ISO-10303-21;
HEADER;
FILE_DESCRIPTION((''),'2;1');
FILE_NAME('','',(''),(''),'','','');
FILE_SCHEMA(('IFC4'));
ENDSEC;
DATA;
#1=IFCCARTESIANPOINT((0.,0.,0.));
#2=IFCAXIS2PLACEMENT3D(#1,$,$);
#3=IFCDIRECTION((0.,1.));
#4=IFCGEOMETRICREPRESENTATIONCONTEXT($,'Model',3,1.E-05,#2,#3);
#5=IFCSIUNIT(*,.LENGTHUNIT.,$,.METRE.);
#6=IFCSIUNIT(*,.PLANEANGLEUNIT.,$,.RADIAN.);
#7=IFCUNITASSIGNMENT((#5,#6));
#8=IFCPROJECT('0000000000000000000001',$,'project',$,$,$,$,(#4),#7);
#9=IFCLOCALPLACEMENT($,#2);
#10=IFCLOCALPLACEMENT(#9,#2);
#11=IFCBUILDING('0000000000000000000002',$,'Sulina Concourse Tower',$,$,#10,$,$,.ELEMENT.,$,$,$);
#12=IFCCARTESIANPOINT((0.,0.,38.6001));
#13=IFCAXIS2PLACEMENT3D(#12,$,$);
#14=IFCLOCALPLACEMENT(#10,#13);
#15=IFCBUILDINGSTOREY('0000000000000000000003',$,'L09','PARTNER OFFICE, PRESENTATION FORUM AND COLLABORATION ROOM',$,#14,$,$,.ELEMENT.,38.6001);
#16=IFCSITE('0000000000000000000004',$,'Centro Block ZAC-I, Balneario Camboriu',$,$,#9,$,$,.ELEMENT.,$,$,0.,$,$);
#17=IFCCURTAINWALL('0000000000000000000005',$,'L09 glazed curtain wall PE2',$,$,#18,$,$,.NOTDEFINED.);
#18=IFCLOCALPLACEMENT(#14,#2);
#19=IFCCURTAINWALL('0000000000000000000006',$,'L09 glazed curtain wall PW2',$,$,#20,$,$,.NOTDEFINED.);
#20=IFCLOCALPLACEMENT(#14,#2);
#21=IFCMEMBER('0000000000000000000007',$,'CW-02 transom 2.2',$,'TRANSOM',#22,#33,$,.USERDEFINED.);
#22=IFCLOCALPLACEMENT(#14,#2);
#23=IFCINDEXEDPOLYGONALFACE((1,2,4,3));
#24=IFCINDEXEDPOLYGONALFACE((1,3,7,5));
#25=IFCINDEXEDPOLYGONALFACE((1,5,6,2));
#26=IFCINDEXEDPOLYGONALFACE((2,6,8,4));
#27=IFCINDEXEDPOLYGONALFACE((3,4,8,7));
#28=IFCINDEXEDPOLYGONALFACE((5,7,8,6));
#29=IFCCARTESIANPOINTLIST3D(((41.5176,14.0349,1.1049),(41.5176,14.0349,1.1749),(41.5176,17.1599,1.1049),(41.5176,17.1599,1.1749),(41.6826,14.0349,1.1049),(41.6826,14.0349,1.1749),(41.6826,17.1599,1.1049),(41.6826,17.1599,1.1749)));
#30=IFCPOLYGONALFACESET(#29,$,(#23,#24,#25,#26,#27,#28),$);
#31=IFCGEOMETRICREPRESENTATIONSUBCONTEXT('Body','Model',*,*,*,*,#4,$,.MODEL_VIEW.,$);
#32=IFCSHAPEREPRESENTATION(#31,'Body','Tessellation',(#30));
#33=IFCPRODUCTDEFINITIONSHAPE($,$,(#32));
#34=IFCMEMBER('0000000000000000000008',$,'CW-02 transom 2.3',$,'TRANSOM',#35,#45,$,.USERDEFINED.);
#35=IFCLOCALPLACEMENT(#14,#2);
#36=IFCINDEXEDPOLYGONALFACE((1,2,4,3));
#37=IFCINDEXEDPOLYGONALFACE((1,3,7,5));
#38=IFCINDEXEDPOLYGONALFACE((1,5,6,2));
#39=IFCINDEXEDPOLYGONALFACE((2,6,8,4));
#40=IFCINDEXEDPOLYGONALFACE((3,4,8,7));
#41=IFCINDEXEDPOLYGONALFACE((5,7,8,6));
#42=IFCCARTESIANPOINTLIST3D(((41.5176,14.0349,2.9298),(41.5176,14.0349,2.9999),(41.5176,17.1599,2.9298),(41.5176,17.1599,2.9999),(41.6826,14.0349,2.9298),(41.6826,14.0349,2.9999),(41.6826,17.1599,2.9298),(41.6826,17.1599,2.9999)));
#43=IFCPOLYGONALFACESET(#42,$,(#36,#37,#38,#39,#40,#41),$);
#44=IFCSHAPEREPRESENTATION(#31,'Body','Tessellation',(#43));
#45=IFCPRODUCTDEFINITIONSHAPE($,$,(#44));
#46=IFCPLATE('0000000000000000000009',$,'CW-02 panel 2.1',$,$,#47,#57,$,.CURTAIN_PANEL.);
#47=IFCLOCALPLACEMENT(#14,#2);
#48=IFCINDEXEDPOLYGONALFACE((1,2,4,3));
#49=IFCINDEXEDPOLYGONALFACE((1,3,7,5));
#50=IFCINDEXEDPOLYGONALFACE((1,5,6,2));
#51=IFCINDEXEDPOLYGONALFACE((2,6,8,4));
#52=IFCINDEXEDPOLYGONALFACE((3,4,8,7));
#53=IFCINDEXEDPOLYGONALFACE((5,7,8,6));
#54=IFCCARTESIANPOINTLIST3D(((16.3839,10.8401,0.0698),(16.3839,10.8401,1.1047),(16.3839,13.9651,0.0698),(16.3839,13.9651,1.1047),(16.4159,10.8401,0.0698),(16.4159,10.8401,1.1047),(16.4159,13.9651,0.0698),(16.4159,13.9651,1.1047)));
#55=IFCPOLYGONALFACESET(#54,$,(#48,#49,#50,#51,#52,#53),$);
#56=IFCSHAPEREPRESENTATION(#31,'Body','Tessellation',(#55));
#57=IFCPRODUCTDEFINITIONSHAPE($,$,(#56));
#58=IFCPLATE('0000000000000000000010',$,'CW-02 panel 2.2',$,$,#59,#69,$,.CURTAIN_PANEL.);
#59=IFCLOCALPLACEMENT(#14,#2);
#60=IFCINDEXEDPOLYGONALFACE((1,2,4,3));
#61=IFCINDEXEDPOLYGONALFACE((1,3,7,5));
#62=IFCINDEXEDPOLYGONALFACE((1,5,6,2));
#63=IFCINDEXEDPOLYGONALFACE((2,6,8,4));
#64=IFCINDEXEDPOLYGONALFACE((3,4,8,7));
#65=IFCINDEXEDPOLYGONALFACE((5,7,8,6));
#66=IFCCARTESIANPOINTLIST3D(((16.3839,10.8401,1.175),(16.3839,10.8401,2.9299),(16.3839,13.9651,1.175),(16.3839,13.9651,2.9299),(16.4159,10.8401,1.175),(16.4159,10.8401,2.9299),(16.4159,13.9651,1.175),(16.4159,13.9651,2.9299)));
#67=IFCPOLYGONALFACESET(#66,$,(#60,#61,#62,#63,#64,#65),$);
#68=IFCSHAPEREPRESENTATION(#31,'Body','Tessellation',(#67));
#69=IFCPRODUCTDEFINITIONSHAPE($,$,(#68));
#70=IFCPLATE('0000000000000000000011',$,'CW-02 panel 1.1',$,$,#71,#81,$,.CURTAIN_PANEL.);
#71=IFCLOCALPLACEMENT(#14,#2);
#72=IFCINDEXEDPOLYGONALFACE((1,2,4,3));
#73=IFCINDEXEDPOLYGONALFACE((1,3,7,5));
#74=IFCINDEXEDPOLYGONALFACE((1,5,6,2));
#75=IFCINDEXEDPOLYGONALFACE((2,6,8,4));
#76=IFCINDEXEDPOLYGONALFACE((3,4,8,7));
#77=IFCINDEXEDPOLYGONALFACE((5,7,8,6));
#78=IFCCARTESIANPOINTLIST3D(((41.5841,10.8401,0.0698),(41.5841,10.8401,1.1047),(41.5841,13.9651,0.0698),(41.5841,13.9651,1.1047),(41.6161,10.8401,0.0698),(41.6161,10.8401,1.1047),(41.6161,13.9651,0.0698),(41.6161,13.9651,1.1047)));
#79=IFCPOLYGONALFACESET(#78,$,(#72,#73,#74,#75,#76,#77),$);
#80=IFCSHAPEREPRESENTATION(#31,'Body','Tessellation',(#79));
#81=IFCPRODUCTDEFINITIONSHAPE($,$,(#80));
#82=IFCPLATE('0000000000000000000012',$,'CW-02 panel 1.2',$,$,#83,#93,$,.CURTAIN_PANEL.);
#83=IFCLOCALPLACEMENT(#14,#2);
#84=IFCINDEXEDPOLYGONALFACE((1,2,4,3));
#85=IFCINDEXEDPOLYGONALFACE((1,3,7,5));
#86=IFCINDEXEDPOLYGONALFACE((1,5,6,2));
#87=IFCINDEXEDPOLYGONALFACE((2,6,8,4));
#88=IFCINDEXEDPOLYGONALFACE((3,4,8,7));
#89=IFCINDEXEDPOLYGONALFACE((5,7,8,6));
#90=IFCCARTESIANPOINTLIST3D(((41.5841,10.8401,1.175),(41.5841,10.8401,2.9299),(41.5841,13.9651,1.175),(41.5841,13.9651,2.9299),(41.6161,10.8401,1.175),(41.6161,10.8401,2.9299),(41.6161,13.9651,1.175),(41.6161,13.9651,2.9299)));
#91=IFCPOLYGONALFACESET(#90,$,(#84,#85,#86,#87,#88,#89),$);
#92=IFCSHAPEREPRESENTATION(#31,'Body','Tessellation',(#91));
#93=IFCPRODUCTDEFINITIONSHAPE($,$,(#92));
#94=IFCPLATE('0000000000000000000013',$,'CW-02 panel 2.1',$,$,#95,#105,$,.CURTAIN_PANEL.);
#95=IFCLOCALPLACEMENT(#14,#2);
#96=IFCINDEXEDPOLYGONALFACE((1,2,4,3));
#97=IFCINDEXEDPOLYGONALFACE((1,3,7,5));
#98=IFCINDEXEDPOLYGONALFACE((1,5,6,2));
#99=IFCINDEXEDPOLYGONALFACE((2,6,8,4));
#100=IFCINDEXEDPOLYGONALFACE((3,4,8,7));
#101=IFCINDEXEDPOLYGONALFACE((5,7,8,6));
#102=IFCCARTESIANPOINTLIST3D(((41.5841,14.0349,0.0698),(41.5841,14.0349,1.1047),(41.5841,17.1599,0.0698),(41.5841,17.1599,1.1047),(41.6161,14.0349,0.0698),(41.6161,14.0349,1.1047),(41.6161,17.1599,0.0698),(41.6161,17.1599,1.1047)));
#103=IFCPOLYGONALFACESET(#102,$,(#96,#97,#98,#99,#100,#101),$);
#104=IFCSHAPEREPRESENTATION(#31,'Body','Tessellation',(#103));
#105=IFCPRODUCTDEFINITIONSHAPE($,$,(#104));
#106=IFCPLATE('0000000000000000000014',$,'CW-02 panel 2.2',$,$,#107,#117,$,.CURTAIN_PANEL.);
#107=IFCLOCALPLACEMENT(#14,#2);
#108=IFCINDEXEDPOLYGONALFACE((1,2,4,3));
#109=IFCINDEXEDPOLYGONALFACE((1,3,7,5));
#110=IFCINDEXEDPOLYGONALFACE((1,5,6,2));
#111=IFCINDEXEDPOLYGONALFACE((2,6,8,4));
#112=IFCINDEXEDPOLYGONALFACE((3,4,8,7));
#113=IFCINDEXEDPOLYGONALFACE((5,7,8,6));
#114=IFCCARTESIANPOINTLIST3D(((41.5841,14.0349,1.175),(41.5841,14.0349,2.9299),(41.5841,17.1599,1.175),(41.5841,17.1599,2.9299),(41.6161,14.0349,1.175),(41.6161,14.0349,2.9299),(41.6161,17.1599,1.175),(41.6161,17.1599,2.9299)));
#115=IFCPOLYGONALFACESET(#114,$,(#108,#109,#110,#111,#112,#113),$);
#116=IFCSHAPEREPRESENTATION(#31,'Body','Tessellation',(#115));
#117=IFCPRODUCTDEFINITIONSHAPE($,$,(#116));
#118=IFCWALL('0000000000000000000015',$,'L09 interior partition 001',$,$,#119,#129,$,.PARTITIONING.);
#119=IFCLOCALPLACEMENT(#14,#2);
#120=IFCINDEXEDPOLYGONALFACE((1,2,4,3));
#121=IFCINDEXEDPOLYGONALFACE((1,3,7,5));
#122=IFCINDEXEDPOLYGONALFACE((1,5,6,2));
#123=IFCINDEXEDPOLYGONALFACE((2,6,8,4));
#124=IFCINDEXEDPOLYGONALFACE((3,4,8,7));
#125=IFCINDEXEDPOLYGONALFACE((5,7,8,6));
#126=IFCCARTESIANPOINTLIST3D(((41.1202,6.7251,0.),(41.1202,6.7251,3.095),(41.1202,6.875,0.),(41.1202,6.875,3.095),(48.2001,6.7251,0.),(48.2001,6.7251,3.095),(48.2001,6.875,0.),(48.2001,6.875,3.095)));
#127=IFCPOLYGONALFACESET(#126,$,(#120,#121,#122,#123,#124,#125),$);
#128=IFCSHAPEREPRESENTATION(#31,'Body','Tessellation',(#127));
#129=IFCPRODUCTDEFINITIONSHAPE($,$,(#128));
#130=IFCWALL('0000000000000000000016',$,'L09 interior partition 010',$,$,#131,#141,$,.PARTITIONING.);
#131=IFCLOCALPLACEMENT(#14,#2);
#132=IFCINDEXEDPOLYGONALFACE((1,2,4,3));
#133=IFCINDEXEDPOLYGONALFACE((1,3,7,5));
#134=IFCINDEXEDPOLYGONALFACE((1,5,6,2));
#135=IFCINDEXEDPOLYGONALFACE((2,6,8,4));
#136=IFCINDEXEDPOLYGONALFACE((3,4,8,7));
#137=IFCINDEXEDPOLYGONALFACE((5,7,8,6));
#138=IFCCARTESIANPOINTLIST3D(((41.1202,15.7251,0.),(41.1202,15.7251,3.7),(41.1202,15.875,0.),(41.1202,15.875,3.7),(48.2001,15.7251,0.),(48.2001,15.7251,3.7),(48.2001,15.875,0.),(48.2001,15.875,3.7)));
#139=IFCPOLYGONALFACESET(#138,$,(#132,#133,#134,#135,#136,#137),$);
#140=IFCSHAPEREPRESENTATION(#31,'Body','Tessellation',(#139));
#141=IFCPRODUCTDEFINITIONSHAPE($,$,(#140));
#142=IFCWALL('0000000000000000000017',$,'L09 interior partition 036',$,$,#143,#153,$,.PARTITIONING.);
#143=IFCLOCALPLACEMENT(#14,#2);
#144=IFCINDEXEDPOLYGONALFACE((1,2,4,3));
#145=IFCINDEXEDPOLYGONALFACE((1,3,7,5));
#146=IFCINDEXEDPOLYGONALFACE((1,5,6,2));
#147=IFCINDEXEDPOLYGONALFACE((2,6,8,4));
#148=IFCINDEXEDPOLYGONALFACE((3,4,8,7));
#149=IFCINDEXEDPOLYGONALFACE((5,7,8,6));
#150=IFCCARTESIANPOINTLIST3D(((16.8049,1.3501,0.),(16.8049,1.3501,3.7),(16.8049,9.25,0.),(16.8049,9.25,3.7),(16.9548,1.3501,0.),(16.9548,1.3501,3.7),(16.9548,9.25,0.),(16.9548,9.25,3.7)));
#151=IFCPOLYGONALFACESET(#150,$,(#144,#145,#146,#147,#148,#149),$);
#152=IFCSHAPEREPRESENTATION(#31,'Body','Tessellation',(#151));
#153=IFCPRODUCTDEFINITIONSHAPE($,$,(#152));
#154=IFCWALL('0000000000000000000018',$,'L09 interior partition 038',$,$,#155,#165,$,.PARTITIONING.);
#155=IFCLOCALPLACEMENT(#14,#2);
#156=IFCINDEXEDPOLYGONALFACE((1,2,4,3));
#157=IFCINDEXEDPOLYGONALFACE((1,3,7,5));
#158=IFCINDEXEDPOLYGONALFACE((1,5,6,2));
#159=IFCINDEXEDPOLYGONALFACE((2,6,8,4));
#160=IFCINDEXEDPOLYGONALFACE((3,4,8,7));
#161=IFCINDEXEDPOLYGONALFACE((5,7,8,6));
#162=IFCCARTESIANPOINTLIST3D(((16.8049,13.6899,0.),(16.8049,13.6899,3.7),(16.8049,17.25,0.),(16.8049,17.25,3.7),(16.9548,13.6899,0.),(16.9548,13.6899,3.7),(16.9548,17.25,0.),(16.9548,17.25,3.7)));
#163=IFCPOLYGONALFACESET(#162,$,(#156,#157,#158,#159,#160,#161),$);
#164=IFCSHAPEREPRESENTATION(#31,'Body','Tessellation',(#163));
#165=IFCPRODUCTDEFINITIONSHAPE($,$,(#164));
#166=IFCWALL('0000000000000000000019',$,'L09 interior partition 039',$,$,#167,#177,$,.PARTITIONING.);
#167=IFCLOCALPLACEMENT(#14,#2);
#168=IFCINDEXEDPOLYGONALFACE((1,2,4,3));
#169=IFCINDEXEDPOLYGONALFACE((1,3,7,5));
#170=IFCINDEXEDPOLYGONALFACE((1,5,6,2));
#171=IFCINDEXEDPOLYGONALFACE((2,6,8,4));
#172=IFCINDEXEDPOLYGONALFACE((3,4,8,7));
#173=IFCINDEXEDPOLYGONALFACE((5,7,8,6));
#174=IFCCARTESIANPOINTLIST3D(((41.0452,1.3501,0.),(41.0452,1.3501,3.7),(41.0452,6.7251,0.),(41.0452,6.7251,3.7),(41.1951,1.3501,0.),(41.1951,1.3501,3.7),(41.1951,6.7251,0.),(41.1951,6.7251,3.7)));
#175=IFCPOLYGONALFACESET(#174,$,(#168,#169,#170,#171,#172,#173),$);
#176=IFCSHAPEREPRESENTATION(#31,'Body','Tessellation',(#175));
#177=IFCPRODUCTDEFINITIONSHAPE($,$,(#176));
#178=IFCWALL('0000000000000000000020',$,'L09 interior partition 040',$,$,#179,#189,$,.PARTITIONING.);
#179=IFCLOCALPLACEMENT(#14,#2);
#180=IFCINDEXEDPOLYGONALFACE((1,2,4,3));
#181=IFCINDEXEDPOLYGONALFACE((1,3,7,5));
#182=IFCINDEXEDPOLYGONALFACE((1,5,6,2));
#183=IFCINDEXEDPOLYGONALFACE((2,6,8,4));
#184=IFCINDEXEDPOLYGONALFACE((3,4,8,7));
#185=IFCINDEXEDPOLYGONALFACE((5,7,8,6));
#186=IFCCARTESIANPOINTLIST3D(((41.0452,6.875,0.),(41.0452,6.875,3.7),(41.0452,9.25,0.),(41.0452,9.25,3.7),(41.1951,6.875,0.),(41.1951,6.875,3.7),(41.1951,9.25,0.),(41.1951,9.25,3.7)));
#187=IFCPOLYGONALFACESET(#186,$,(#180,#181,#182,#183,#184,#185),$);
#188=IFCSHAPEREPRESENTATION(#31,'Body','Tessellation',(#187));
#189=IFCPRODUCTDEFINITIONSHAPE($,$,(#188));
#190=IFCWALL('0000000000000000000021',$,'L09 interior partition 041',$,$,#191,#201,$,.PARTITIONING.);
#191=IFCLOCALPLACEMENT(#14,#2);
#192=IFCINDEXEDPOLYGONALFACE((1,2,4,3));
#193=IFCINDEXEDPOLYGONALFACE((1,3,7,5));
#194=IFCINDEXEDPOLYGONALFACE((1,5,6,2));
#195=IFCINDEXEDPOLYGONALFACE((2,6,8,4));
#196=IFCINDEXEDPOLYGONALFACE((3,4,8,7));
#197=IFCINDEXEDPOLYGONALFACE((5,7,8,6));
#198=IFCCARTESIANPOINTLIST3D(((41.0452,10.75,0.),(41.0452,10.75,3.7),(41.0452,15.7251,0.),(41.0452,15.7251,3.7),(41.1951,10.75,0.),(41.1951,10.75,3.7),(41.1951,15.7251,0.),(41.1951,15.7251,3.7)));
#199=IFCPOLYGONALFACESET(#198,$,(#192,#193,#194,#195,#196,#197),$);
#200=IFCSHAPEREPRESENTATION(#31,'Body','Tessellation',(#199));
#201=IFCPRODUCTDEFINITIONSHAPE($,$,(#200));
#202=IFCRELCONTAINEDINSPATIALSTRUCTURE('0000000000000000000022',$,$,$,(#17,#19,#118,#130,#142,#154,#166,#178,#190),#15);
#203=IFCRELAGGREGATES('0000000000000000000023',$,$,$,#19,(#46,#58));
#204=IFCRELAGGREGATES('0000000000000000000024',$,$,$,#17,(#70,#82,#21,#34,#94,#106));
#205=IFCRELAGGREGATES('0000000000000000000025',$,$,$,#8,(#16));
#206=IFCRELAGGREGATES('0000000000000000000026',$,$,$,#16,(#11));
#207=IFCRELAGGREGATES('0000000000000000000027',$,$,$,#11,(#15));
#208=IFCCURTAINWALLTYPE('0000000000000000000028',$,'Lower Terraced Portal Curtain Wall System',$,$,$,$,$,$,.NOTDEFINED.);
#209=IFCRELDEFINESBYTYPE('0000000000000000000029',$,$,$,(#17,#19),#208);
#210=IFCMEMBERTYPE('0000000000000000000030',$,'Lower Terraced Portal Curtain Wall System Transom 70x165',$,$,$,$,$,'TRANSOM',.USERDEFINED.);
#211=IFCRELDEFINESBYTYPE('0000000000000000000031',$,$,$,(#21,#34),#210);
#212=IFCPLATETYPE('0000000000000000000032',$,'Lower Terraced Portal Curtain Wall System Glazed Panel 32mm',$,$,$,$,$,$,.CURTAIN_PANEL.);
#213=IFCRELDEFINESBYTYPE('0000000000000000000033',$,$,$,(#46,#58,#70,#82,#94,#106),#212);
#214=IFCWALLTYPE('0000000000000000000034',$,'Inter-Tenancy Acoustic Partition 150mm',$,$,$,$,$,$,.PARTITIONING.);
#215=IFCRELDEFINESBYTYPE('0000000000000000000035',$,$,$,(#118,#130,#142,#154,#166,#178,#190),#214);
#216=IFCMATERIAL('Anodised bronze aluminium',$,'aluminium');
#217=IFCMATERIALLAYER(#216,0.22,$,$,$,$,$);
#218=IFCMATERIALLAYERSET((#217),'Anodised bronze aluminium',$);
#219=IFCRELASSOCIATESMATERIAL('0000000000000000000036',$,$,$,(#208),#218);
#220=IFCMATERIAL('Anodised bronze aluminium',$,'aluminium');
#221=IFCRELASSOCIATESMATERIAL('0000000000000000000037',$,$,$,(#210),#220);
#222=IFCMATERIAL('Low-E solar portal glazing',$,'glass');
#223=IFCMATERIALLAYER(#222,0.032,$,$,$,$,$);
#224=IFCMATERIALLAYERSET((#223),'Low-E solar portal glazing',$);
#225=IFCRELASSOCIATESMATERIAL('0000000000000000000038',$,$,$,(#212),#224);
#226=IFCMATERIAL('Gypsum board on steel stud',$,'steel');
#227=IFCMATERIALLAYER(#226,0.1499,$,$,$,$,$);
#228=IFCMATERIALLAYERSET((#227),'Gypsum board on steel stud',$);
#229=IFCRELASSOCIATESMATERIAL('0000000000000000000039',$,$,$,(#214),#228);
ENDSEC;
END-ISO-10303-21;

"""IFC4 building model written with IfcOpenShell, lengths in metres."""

from ifc_helpers import new_model, si_unit, direction, frame, frame_2d, origin, origin_2d, place, context, subcontext, project, spatial, rectangle, extrude, material, layer, layer_set, material_profile, profile_set, type_object, element, aggregate, save


model = new_model("IFC4")

# Units and contexts
model_context = context("Model", 3, precision=1e-05, world=origin(), true_north=direction((0.0, 1.0)))
body_context = subcontext(model_context, "Body", "Model", "MODEL_VIEW")
ifc_project = project(units=[si_unit("LENGTHUNIT", "METRE"), si_unit("PLANEANGLEUNIT", "RADIAN")], contexts=[model_context])

# Site, building, storey
site_placement = place(None, origin())
site = spatial("IfcSite", under=ifc_project, at=site_placement, Name="Centro Block ZAC-I, Balneario Camboriu", CompositionType="ELEMENT", RefElevation=0.0)
building_placement = place(site_placement, origin())
building = spatial("IfcBuilding", under=site, at=building_placement, Name="Sulina Concourse Tower", CompositionType="ELEMENT")
storey_placement = place(building_placement, frame((0.0, 0.0, 38.6001)))
storey = spatial("IfcBuildingStorey", under=building, at=storey_placement, Name="L09", Description="PARTNER OFFICE, PRESENTATION FORUM AND COLLABORATION ROOM", CompositionType="ELEMENT", Elevation=38.6001)

# Curtain walls
ifc_material_1 = material(Name="Anodised bronze aluminium", Category="aluminium")
ifc_layer_1 = layer(ifc_material_1, 0.22)
ifc_layer_set_1 = layer_set([ifc_layer_1], Name="Anodised bronze aluminium")
curtain_wall_type = type_object("IfcCurtainWallType", Name="Lower Terraced Portal Curtain Wall System", PredefinedType="NOTDEFINED", material=ifc_layer_set_1)
curtain_wall_1_placement = place(storey_placement, origin())
curtain_wall_1 = element("IfcCurtainWall", 1, at=curtain_wall_1_placement, inside=storey, type_object=curtain_wall_type, Name="L09 glazed curtain wall PE2", PredefinedType="NOTDEFINED")
curtain_wall_2_placement = place(storey_placement, origin())
curtain_wall_2 = element("IfcCurtainWall", 2, at=curtain_wall_2_placement, inside=storey, type_object=curtain_wall_type, Name="L09 glazed curtain wall PW2", PredefinedType="NOTDEFINED")
ifc_material_2 = material(Name="Anodised bronze aluminium", Category="aluminium")
ifc_material_profile_1 = material_profile(ifc_material_2, rectangle(XDim=0.165, YDim=0.0701, at=origin_2d()), Name="TRN 70x165")
ifc_profile_set_1 = profile_set([ifc_material_profile_1], Name="Anodised bronze aluminium")
member_type_1 = type_object("IfcMemberType", Name="Lower Terraced Portal Curtain Wall System Transom 70x165", ElementType="TRANSOM", PredefinedType="USERDEFINED", material=ifc_profile_set_1)

# Members
member_1_placement = place(storey_placement, frame((41.6001, 14.0349, 1.1399), z_axis=(0.0, 1.0, 0.0), x_axis=(-1.0, 0.0, 0.0)))
member_1 = element("IfcMember", 3, at=member_1_placement, type_object=member_type_1, Name="CW-02 transom 2.2", ObjectType="TRANSOM", PredefinedType="USERDEFINED", context=body_context, shape_type="SweptSolid", body=[
    extrude(rectangle(XDim=0.165, YDim=0.0701, at=origin_2d()), origin(), (0.0, 0.0, 1.0), 3.125),
])
member_2_placement = place(storey_placement, frame((41.6001, 14.0349, 2.9648), z_axis=(0.0, 1.0, 0.0), x_axis=(-1.0, 0.0, 0.0)))
member_2 = element("IfcMember", 4, at=member_2_placement, type_object=member_type_1, Name="CW-02 transom 2.3", ObjectType="TRANSOM", PredefinedType="USERDEFINED", context=body_context, shape_type="SweptSolid", body=[
    extrude(rectangle(XDim=0.165, YDim=0.0701, at=origin_2d()), origin(), (0.0, 0.0, 1.0), 3.125),
])

# Plates
ifc_material_3 = material(Name="Low-E solar portal glazing", Category="glass")
ifc_layer_2 = layer(ifc_material_3, 0.032)
ifc_layer_set_2 = layer_set([ifc_layer_2], Name="Low-E solar portal glazing")
plate_type = type_object("IfcPlateType", Name="Lower Terraced Portal Curtain Wall System Glazed Panel 32mm", PredefinedType="CURTAIN_PANEL", material=ifc_layer_set_2)
plate_1_placement = place(storey_placement, frame((16.3999, 12.4026, 0.0698), z_axis=(0.0, 0.0, 1.0), x_axis=(0.0, -1.0, 0.0)))
plate_1 = element("IfcPlate", 5, at=plate_1_placement, type_object=plate_type, Name="CW-02 panel 2.1", PredefinedType="CURTAIN_PANEL", context=body_context, shape_type="SweptSolid", body=[
    extrude(rectangle(XDim=3.125, YDim=0.032, at=origin_2d()), origin(), (0.0, 0.0, 1.0), 1.0349),
])
plate_2_placement = place(storey_placement, frame((16.3999, 12.4026, 1.175), z_axis=(0.0, 0.0, 1.0), x_axis=(0.0, -1.0, 0.0)))
plate_2 = element("IfcPlate", 6, at=plate_2_placement, type_object=plate_type, Name="CW-02 panel 2.2", PredefinedType="CURTAIN_PANEL", context=body_context, shape_type="SweptSolid", body=[
    extrude(rectangle(XDim=3.125, YDim=0.032, at=origin_2d()), origin(), (0.0, 0.0, 1.0), 1.7549),
])
aggregate(curtain_wall_2, [plate_1, plate_2])
plate_3_placement = place(storey_placement, frame((41.6001, 12.4026, 0.0698), z_axis=(0.0, 0.0, 1.0), x_axis=(0.0, 1.0, 0.0)))
plate_3 = element("IfcPlate", 7, at=plate_3_placement, type_object=plate_type, Name="CW-02 panel 1.1", PredefinedType="CURTAIN_PANEL", context=body_context, shape_type="SweptSolid", body=[
    extrude(rectangle(XDim=3.125, YDim=0.032, at=origin_2d()), origin(), (0.0, 0.0, 1.0), 1.0349),
])
plate_4_placement = place(storey_placement, frame((41.6001, 12.4026, 1.175), z_axis=(0.0, 0.0, 1.0), x_axis=(0.0, 1.0, 0.0)))
plate_4 = element("IfcPlate", 8, at=plate_4_placement, type_object=plate_type, Name="CW-02 panel 1.2", PredefinedType="CURTAIN_PANEL", context=body_context, shape_type="SweptSolid", body=[
    extrude(rectangle(XDim=3.125, YDim=0.032, at=origin_2d()), origin(), (0.0, 0.0, 1.0), 1.7549),
])
plate_5_placement = place(storey_placement, frame((41.6001, 15.5974, 0.0698), z_axis=(0.0, 0.0, 1.0), x_axis=(0.0, 1.0, 0.0)))
plate_5 = element("IfcPlate", 9, at=plate_5_placement, type_object=plate_type, Name="CW-02 panel 2.1", PredefinedType="CURTAIN_PANEL", context=body_context, shape_type="SweptSolid", body=[
    extrude(rectangle(XDim=3.125, YDim=0.032, at=origin_2d()), origin(), (0.0, 0.0, 1.0), 1.0349),
])
plate_6_placement = place(storey_placement, frame((41.6001, 15.5974, 1.175), z_axis=(0.0, 0.0, 1.0), x_axis=(0.0, 1.0, 0.0)))
plate_6 = element("IfcPlate", 10, at=plate_6_placement, type_object=plate_type, Name="CW-02 panel 2.2", PredefinedType="CURTAIN_PANEL", context=body_context, shape_type="SweptSolid", body=[
    extrude(rectangle(XDim=3.125, YDim=0.032, at=origin_2d()), origin(), (0.0, 0.0, 1.0), 1.7549),
])
aggregate(curtain_wall_1, [plate_3, plate_4, member_1, member_2, plate_5, plate_6])

# Walls
ifc_material_4 = material(Name="Gypsum board on steel stud", Category="steel")
ifc_layer_3 = layer(ifc_material_4, 0.1499)
ifc_layer_set_3 = layer_set([ifc_layer_3], Name="Gypsum board on steel stud")
wall_type_1 = type_object("IfcWallType", Name="Inter-Tenancy Acoustic Partition 150mm", PredefinedType="PARTITIONING", material=ifc_layer_set_3)
wall_1_placement = place(storey_placement, frame((41.1201, 6.8, 0.0), z_axis=(0.0, 0.0, 1.0), x_axis=(1.0, 0.0, 0.0)))
element("IfcWall", 11, at=wall_1_placement, inside=storey, type_object=wall_type_1, Name="L09 interior partition 001", PredefinedType="PARTITIONING", context=body_context, shape_type="SweptSolid", body=[
    extrude(rectangle(XDim=7.0798, YDim=0.1499, at=frame_2d((3.54, 0.0))), origin(), (0.0, 0.0, 1.0), 3.095),
])
wall_2_placement = place(storey_placement, frame((41.1201, 15.8, 0.0), z_axis=(0.0, 0.0, 1.0), x_axis=(1.0, 0.0, 0.0)))
element("IfcWall", 12, at=wall_2_placement, inside=storey, type_object=wall_type_1, Name="L09 interior partition 010", PredefinedType="PARTITIONING", context=body_context, shape_type="SweptSolid", body=[
    extrude(rectangle(XDim=7.0798, YDim=0.1499, at=frame_2d((3.54, 0.0))), origin(), (0.0, 0.0, 1.0), 3.7),
])
wall_3_placement = place(storey_placement, frame((16.8799, 1.3501, 0.0), z_axis=(0.0, 0.0, 1.0), x_axis=(0.0, 1.0, 0.0)))
element("IfcWall", 13, at=wall_3_placement, inside=storey, type_object=wall_type_1, Name="L09 interior partition 036", PredefinedType="PARTITIONING", context=body_context, shape_type="SweptSolid", body=[
    extrude(rectangle(XDim=7.8999, YDim=0.1499, at=frame_2d((3.95, 0.0))), origin(), (0.0, 0.0, 1.0), 3.7),
])
wall_4_placement = place(storey_placement, frame((16.8799, 13.6899, 0.0), z_axis=(0.0, 0.0, 1.0), x_axis=(0.0, 1.0, 0.0)))
element("IfcWall", 14, at=wall_4_placement, inside=storey, type_object=wall_type_1, Name="L09 interior partition 038", PredefinedType="PARTITIONING", context=body_context, shape_type="SweptSolid", body=[
    extrude(rectangle(XDim=3.5601, YDim=0.1499, at=frame_2d((1.78, 0.0))), origin(), (0.0, 0.0, 1.0), 3.7),
])
wall_5_placement = place(storey_placement, frame((41.1201, 1.3501, 0.0), z_axis=(0.0, 0.0, 1.0), x_axis=(0.0, 1.0, 0.0)))
element("IfcWall", 15, at=wall_5_placement, inside=storey, type_object=wall_type_1, Name="L09 interior partition 039", PredefinedType="PARTITIONING", context=body_context, shape_type="SweptSolid", body=[
    extrude(rectangle(XDim=5.375, YDim=0.1499, at=frame_2d((2.6875, 0.0))), origin(), (0.0, 0.0, 1.0), 3.7),
])
wall_6_placement = place(storey_placement, frame((41.1201, 6.875, 0.0), z_axis=(0.0, 0.0, 1.0), x_axis=(0.0, 1.0, 0.0)))
element("IfcWall", 16, at=wall_6_placement, inside=storey, type_object=wall_type_1, Name="L09 interior partition 040", PredefinedType="PARTITIONING", context=body_context, shape_type="SweptSolid", body=[
    extrude(rectangle(XDim=2.375, YDim=0.1499, at=frame_2d((1.1875, 0.0))), origin(), (0.0, 0.0, 1.0), 3.7),
])
wall_7_placement = place(storey_placement, frame((41.1201, 10.75, 0.0), z_axis=(0.0, 0.0, 1.0), x_axis=(0.0, 1.0, 0.0)))
element("IfcWall", 17, at=wall_7_placement, inside=storey, type_object=wall_type_1, Name="L09 interior partition 041", PredefinedType="PARTITIONING", context=body_context, shape_type="SweptSolid", body=[
    extrude(rectangle(XDim=4.9751, YDim=0.1499, at=frame_2d((2.4875, 0.0))), origin(), (0.0, 0.0, 1.0), 3.7),
])

save(model, "model.ifc")
